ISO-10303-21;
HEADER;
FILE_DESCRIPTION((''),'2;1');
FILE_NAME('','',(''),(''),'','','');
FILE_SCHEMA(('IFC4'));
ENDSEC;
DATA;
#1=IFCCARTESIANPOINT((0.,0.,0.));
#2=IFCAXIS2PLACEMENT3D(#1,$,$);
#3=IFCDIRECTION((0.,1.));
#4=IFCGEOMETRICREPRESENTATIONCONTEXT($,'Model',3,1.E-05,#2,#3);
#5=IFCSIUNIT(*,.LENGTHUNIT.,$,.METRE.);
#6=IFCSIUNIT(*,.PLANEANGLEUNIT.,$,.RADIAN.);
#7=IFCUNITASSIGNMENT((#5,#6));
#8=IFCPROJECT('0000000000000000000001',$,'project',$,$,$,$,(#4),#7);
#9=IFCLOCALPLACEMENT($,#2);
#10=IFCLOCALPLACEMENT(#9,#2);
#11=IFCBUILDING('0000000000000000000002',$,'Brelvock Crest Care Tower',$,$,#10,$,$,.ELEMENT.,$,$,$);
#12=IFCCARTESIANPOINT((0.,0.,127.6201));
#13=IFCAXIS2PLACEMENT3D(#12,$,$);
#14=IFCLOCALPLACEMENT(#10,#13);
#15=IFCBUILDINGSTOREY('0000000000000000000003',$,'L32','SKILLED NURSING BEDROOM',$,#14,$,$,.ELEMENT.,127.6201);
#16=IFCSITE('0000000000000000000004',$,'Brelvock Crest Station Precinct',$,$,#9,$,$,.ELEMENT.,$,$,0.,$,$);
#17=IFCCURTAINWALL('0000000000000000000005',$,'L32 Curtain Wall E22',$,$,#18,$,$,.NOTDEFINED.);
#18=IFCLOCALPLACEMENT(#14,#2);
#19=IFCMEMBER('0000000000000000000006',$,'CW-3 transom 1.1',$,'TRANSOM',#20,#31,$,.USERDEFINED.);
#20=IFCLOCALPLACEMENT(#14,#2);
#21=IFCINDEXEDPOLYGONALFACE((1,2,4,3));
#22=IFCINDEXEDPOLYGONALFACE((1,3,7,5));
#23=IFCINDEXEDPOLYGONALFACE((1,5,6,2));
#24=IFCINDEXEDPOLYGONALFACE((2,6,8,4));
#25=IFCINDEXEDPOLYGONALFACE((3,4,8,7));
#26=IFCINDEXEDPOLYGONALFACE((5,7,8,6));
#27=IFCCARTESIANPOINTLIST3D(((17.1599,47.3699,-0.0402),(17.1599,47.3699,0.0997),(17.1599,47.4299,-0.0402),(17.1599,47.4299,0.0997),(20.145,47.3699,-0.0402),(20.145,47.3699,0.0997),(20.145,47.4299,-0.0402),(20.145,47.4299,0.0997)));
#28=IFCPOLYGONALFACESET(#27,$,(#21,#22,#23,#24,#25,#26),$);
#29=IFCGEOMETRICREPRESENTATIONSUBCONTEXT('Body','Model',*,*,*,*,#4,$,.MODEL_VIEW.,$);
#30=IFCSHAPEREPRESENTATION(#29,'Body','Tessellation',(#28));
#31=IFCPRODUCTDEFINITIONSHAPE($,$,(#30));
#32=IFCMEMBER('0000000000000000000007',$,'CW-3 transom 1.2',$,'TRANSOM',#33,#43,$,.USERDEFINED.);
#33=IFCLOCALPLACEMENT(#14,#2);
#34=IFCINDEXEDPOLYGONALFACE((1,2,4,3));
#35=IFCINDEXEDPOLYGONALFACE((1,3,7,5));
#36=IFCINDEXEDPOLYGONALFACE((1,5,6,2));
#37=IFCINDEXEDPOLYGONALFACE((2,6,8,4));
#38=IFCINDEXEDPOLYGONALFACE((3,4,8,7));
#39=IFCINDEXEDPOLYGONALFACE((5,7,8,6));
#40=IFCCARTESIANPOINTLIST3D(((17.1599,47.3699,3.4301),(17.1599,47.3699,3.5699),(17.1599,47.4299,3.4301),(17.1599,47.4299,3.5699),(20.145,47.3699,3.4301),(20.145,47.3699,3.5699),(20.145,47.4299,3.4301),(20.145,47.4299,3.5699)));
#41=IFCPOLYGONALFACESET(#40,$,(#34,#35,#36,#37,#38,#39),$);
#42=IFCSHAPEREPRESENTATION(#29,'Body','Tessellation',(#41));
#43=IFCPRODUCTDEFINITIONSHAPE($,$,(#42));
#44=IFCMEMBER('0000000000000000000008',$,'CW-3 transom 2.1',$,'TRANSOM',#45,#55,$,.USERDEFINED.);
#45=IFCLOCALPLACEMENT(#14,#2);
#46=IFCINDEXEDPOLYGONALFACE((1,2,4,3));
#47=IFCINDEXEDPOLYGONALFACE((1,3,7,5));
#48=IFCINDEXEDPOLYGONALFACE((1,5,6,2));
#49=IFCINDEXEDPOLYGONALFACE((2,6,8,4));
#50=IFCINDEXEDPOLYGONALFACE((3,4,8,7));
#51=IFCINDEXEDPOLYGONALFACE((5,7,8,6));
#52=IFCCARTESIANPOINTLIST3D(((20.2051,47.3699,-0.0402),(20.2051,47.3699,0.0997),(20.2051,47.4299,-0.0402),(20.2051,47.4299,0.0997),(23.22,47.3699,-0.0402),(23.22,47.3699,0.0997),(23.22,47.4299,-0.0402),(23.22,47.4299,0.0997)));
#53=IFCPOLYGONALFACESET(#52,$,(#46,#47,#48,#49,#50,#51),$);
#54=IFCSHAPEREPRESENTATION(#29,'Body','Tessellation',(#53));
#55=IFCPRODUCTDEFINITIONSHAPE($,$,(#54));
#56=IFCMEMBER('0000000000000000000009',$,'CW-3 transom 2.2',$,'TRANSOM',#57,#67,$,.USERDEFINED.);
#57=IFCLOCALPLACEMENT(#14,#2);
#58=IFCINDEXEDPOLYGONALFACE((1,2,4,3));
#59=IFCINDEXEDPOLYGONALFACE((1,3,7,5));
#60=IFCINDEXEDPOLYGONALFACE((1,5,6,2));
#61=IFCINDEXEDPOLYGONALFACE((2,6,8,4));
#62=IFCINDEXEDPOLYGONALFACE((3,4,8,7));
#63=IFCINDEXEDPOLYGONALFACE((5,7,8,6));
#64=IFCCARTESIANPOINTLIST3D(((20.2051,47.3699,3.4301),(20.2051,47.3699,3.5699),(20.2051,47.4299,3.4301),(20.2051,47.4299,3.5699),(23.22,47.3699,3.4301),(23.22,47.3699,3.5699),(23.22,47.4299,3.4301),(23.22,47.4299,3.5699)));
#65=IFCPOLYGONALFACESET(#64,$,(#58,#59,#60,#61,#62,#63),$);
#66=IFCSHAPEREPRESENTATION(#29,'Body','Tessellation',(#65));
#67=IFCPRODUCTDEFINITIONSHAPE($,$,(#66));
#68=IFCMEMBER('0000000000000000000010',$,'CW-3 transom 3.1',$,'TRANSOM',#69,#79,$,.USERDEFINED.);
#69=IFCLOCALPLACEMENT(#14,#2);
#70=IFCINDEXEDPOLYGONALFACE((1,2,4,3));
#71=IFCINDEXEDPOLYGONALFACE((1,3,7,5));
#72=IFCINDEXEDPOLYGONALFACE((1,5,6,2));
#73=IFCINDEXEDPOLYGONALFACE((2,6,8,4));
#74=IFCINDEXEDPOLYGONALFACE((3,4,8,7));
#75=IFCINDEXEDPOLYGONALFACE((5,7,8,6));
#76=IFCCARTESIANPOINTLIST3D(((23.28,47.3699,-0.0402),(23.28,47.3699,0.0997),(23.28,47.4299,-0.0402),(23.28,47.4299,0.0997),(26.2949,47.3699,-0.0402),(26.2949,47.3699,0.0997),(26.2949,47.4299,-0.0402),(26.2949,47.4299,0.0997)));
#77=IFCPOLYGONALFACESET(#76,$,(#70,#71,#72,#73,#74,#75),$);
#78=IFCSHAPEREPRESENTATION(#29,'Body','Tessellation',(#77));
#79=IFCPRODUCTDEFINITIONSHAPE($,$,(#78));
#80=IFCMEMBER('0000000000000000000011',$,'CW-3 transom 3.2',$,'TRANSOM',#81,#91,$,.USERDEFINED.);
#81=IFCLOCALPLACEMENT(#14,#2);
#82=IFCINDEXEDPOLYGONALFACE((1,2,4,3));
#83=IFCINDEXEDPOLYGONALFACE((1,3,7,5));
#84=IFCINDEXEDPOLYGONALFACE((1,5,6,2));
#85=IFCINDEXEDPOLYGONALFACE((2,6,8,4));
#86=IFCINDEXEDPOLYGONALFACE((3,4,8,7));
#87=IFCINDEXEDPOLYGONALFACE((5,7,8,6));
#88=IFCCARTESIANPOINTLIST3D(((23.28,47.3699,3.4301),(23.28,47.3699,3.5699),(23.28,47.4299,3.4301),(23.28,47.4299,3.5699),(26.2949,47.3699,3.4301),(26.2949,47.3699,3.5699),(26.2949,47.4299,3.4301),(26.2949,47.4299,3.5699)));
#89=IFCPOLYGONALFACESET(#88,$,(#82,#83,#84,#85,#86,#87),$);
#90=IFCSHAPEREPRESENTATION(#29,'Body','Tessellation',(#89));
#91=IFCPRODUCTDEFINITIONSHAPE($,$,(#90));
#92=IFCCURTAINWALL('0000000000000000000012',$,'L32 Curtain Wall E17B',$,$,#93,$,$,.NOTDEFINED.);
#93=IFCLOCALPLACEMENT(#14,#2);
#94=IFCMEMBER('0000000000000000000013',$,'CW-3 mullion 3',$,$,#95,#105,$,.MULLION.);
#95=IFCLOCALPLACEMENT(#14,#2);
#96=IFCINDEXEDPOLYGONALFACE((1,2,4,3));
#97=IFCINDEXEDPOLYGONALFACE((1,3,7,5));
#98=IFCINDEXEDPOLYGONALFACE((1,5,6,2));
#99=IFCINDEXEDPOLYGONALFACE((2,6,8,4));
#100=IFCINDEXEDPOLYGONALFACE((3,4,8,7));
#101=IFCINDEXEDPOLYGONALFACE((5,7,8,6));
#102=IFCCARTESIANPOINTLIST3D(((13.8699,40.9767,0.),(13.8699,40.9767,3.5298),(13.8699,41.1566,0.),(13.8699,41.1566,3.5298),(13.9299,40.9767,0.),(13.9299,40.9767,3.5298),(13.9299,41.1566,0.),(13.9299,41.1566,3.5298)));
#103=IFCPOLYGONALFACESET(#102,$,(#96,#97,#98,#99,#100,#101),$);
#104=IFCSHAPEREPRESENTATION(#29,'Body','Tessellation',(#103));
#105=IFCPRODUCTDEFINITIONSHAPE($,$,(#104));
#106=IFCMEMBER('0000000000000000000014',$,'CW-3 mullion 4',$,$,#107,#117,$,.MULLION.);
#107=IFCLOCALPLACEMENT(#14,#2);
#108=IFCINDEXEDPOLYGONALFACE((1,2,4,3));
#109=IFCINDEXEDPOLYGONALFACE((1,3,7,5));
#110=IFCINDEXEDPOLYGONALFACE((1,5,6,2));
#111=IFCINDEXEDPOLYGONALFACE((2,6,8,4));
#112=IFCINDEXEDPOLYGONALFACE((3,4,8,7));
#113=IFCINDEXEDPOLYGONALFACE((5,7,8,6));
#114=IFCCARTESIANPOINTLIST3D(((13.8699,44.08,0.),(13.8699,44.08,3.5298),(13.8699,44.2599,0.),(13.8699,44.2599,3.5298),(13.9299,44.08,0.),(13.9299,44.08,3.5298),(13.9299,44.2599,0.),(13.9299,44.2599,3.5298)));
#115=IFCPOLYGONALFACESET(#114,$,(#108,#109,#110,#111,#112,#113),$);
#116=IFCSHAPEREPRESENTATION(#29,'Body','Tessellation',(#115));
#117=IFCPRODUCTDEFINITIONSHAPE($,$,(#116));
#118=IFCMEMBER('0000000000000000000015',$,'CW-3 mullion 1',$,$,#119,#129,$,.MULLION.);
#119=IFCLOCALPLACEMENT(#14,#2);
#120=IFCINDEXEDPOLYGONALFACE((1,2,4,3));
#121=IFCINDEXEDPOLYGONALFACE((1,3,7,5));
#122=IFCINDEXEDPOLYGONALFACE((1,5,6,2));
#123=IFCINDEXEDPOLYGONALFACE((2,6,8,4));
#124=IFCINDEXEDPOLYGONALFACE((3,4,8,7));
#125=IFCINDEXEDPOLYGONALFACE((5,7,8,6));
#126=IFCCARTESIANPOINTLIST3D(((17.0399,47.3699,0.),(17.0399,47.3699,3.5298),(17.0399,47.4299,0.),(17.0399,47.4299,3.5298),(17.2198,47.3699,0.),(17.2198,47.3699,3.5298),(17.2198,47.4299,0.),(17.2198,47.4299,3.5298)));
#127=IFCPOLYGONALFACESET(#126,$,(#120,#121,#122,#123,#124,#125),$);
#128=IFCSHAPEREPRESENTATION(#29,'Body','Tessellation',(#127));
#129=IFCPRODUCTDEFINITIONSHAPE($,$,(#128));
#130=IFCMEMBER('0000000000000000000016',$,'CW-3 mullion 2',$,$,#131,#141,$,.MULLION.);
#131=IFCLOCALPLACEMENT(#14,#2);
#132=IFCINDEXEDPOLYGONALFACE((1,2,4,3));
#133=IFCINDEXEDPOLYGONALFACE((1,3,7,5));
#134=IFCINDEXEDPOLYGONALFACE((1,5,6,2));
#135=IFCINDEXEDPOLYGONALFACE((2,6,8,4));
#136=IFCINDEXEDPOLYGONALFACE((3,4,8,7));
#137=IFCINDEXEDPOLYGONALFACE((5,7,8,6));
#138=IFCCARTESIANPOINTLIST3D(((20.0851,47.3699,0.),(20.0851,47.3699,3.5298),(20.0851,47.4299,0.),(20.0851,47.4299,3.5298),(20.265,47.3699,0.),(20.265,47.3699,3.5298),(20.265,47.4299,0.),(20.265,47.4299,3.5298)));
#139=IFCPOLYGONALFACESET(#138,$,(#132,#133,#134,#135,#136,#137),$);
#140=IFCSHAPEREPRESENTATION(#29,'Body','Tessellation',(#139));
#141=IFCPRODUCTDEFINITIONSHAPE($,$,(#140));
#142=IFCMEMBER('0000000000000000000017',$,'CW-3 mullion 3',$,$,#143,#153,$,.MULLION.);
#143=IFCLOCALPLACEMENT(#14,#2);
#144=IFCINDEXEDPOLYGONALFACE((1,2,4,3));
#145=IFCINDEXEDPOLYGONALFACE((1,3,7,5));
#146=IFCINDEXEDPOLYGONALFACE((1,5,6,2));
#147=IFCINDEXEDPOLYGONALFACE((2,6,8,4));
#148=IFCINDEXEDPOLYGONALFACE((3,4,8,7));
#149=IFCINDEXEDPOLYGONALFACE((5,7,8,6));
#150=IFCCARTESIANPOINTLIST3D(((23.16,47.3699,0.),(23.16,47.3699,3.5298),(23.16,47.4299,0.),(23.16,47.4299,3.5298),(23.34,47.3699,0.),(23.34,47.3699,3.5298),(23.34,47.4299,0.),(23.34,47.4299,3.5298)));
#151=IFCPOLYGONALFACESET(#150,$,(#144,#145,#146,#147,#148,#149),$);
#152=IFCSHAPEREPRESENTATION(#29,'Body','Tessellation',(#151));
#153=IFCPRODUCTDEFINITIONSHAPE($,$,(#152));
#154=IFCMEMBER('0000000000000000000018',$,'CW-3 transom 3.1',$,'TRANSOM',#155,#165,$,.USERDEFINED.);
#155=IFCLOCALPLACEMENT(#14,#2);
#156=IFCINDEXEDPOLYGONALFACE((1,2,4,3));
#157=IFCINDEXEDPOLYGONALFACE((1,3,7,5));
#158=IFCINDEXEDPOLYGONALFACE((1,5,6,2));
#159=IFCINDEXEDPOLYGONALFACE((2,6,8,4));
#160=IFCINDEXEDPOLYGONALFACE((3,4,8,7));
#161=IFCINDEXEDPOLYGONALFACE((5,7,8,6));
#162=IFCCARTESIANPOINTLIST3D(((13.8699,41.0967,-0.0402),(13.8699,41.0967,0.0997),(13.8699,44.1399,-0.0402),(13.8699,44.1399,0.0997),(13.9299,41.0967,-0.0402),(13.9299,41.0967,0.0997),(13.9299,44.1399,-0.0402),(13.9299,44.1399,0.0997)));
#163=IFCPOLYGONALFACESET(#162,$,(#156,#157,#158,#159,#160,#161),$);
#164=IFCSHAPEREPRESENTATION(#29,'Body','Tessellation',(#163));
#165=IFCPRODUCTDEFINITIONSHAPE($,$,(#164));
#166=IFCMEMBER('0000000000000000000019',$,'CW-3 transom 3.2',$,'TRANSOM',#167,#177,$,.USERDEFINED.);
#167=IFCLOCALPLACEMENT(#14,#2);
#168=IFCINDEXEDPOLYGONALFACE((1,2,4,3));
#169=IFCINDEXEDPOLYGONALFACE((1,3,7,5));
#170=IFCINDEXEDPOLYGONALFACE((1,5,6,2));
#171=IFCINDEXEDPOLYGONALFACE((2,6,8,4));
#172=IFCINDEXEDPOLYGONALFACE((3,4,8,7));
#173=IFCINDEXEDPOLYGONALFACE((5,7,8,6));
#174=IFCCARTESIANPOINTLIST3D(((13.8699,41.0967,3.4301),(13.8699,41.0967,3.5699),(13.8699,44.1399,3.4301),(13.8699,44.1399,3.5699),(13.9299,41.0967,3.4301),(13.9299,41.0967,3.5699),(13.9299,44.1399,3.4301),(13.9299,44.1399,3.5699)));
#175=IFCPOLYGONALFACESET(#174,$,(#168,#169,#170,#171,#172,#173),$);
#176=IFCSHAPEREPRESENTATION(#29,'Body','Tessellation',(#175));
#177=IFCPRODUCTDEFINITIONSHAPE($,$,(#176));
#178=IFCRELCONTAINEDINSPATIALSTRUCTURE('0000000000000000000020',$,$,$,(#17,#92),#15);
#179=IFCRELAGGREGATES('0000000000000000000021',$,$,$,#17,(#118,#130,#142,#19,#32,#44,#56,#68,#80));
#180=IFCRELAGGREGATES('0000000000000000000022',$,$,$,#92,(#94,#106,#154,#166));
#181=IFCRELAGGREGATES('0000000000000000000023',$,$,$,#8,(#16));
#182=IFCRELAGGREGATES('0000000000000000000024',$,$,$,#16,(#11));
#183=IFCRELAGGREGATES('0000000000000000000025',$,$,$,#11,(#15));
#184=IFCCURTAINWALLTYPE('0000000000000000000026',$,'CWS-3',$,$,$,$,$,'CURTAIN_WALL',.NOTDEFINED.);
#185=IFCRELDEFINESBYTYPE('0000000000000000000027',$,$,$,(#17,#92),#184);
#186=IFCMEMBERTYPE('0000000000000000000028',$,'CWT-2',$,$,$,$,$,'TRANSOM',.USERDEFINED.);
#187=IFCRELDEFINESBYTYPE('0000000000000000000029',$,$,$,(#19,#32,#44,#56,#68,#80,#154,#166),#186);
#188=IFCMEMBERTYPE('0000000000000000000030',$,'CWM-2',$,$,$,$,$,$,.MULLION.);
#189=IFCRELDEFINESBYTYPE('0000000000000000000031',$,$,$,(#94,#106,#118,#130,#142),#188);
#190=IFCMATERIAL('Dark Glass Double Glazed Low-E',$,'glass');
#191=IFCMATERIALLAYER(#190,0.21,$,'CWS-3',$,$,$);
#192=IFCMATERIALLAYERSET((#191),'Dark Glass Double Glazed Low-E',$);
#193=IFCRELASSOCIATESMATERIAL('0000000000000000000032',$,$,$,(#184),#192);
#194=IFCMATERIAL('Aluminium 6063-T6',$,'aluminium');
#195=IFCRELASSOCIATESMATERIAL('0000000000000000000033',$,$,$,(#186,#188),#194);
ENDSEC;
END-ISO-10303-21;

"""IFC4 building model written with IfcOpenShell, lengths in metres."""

from ifc_helpers import new_model, si_unit, direction, frame, origin, origin_2d, place, context, subcontext, project, spatial, rectangle, extrude, source, transform, mapped, material, layer, layer_set, material_profile, profile_set, type_object, element, aggregate, save


model = new_model("IFC4")

# Units and contexts
model_context = context("Model", 3, precision=1e-05, world=origin(), true_north=direction((0.0, 1.0)))
body_context = subcontext(model_context, "Body", "Model", "MODEL_VIEW")
ifc_project = project(units=[si_unit("LENGTHUNIT", "METRE"), si_unit("PLANEANGLEUNIT", "RADIAN")], contexts=[model_context])

# Site, building, storey
site_placement = place(None, origin())
site = spatial("IfcSite", under=ifc_project, at=site_placement, Name="Brelvock Crest Station Precinct", CompositionType="ELEMENT", RefElevation=0.0)
building_placement = place(site_placement, origin())
building = spatial("IfcBuilding", under=site, at=building_placement, Name="Brelvock Crest Care Tower", CompositionType="ELEMENT")
storey_placement = place(building_placement, frame((0.0, 0.0, 127.6201)))
storey = spatial("IfcBuildingStorey", under=building, at=storey_placement, Name="L32", Description="SKILLED NURSING BEDROOM", CompositionType="ELEMENT", Elevation=127.6201)

# Curtain walls, members
ifc_material_1 = material(Name="Dark Glass Double Glazed Low-E", Category="glass")
ifc_layer_1 = layer(ifc_material_1, 0.21, Name="CWS-3")
ifc_layer_set_1 = layer_set([ifc_layer_1], Name="Dark Glass Double Glazed Low-E")
curtain_wall_type = type_object("IfcCurtainWallType", Name="CWS-3", ElementType="CURTAIN_WALL", PredefinedType="NOTDEFINED", material=ifc_layer_set_1)
curtain_wall_1_placement = place(storey_placement, origin())
curtain_wall_1 = element("IfcCurtainWall", 1, at=curtain_wall_1_placement, inside=storey, type_object=curtain_wall_type, Name="L32 Curtain Wall E22", PredefinedType="NOTDEFINED")
ifc_material_2 = material(Name="Aluminium 6063-T6", Category="aluminium")
ifc_material_profile_1 = material_profile(ifc_material_2, rectangle(XDim=0.0601, YDim=0.1399, at=origin_2d()), Name="ALU60x140")
ifc_profile_set_1 = profile_set([ifc_material_profile_1], Name="Aluminium 6063-T6")
member_type_1 = type_object("IfcMemberType", Name="CWT-2", ElementType="TRANSOM", PredefinedType="USERDEFINED", material=ifc_profile_set_1)
shared_shape_1 = source(origin(), body_context, "Body", "SweptSolid", [
    extrude(rectangle(XDim=0.0601, YDim=0.1399, at=origin_2d()), origin(), (0.0, 0.0, 1.0), 2.9851),
])
member_1_placement = place(storey_placement, frame((17.1599, 47.3999, 0.0298), z_axis=(1.0, 0.0, 0.0), x_axis=(0.0, 1.0, 0.0)))
member_1 = element("IfcMember", 2, at=member_1_placement, type_object=member_type_1, Name="CW-3 transom 1.1", ObjectType="TRANSOM", PredefinedType="USERDEFINED", context=body_context, shape_type="MappedRepresentation", body=[
    mapped(shared_shape_1, transform((0.0, 0.0, 0.0), x_axis=(1.0, 0.0, 0.0), y_axis=(0.0, 1.0, 0.0), z_axis=(0.0, 0.0, 1.0), scale=1.0)),
])
member_2_placement = place(storey_placement, frame((17.1599, 47.3999, 3.5), z_axis=(1.0, 0.0, 0.0), x_axis=(0.0, 1.0, 0.0)))
member_2 = element("IfcMember", 3, at=member_2_placement, type_object=member_type_1, Name="CW-3 transom 1.2", ObjectType="TRANSOM", PredefinedType="USERDEFINED", context=body_context, shape_type="MappedRepresentation", body=[
    mapped(shared_shape_1, transform((0.0, 0.0, 0.0), x_axis=(1.0, 0.0, 0.0), y_axis=(0.0, 1.0, 0.0), z_axis=(0.0, 0.0, 1.0), scale=1.0)),
])
shared_shape_2 = source(origin(), body_context, "Body", "SweptSolid", [
    extrude(rectangle(XDim=0.0601, YDim=0.1399, at=origin_2d()), origin(), (0.0, 0.0, 1.0), 3.0149),
])
member_3_placement = place(storey_placement, frame((20.2051, 47.3999, 0.0298), z_axis=(1.0, 0.0, 0.0), x_axis=(0.0, 1.0, 0.0)))
member_3 = element("IfcMember", 4, at=member_3_placement, type_object=member_type_1, Name="CW-3 transom 2.1", ObjectType="TRANSOM", PredefinedType="USERDEFINED", context=body_context, shape_type="MappedRepresentation", body=[
    mapped(shared_shape_2, transform((0.0, 0.0, 0.0), x_axis=(1.0, 0.0, 0.0), y_axis=(0.0, 1.0, 0.0), z_axis=(0.0, 0.0, 1.0), scale=1.0)),
])
member_4_placement = place(storey_placement, frame((20.2051, 47.3999, 3.5), z_axis=(1.0, 0.0, 0.0), x_axis=(0.0, 1.0, 0.0)))
member_4 = element("IfcMember", 5, at=member_4_placement, type_object=member_type_1, Name="CW-3 transom 2.2", ObjectType="TRANSOM", PredefinedType="USERDEFINED", context=body_context, shape_type="MappedRepresentation", body=[
    mapped(shared_shape_2, transform((0.0, 0.0, 0.0), x_axis=(1.0, 0.0, 0.0), y_axis=(0.0, 1.0, 0.0), z_axis=(0.0, 0.0, 1.0), scale=1.0)),
])
member_5_placement = place(storey_placement, frame((23.28, 47.3999, 0.0298), z_axis=(1.0, 0.0, 0.0), x_axis=(0.0, 1.0, 0.0)))
member_5 = element("IfcMember", 6, at=member_5_placement, type_object=member_type_1, Name="CW-3 transom 3.1", ObjectType="TRANSOM", PredefinedType="USERDEFINED", context=body_context, shape_type="MappedRepresentation", body=[
    mapped(shared_shape_2, transform((0.0, 0.0, 0.0), x_axis=(1.0, 0.0, 0.0), y_axis=(0.0, 1.0, 0.0), z_axis=(0.0, 0.0, 1.0), scale=1.0)),
])
member_6_placement = place(storey_placement, frame((23.28, 47.3999, 3.5), z_axis=(1.0, 0.0, 0.0), x_axis=(0.0, 1.0, 0.0)))
member_6 = element("IfcMember", 7, at=member_6_placement, type_object=member_type_1, Name="CW-3 transom 3.2", ObjectType="TRANSOM", PredefinedType="USERDEFINED", context=body_context, shape_type="MappedRepresentation", body=[
    mapped(shared_shape_2, transform((0.0, 0.0, 0.0), x_axis=(1.0, 0.0, 0.0), y_axis=(0.0, 1.0, 0.0), z_axis=(0.0, 0.0, 1.0), scale=1.0)),
])
curtain_wall_2_placement = place(storey_placement, origin())
curtain_wall_2 = element("IfcCurtainWall", 8, at=curtain_wall_2_placement, inside=storey, type_object=curtain_wall_type, Name="L32 Curtain Wall E17B", PredefinedType="NOTDEFINED")
ifc_material_profile_2 = material_profile(ifc_material_2, rectangle(XDim=0.0601, YDim=0.1799, at=origin_2d()), Name="ALU60x180")
ifc_profile_set_2 = profile_set([ifc_material_profile_2], Name="Aluminium 6063-T6")
member_type_2 = type_object("IfcMemberType", Name="CWM-2", PredefinedType="MULLION", material=ifc_profile_set_2)
shared_shape_3 = source(origin(), body_context, "Body", "SweptSolid", [
    extrude(rectangle(XDim=0.0601, YDim=0.1799, at=origin_2d()), origin(), (0.0, 0.0, 1.0), 3.5298),
])
member_7_placement = place(storey_placement, frame((13.8999, 41.0667, 0.0), z_axis=(0.0, 0.0, 1.0), x_axis=(-1.0, 0.0, 0.0)))
member_7 = element("IfcMember", 9, at=member_7_placement, type_object=member_type_2, Name="CW-3 mullion 3", PredefinedType="MULLION", context=body_context, shape_type="MappedRepresentation", body=[
    mapped(shared_shape_3, transform((0.0, 0.0, 0.0), x_axis=(1.0, 0.0, 0.0), y_axis=(0.0, 1.0, 0.0), z_axis=(0.0, 0.0, 1.0), scale=1.0)),
])
member_8_placement = place(storey_placement, frame((13.8999, 44.1699, 0.0), z_axis=(0.0, 0.0, 1.0), x_axis=(-1.0, 0.0, 0.0)))
member_8 = element("IfcMember", 10, at=member_8_placement, type_object=member_type_2, Name="CW-3 mullion 4", PredefinedType="MULLION", context=body_context, shape_type="MappedRepresentation", body=[
    mapped(shared_shape_3, transform((0.0, 0.0, 0.0), x_axis=(1.0, 0.0, 0.0), y_axis=(0.0, 1.0, 0.0), z_axis=(0.0, 0.0, 1.0), scale=1.0)),
])

# Members
member_9_placement = place(storey_placement, frame((17.1299, 47.3999, 0.0), z_axis=(0.0, 0.0, 1.0), x_axis=(0.0, 1.0, 0.0)))
member_9 = element("IfcMember", 11, at=member_9_placement, type_object=member_type_2, Name="CW-3 mullion 1", PredefinedType="MULLION", context=body_context, shape_type="MappedRepresentation", body=[
    mapped(shared_shape_3, transform((0.0, 0.0, 0.0), x_axis=(1.0, 0.0, 0.0), y_axis=(0.0, 1.0, 0.0), z_axis=(0.0, 0.0, 1.0), scale=1.0)),
])
member_10_placement = place(storey_placement, frame((20.175, 47.3999, 0.0), z_axis=(0.0, 0.0, 1.0), x_axis=(0.0, 1.0, 0.0)))
member_10 = element("IfcMember", 12, at=member_10_placement, type_object=member_type_2, Name="CW-3 mullion 2", PredefinedType="MULLION", context=body_context, shape_type="MappedRepresentation", body=[
    mapped(shared_shape_3, transform((0.0, 0.0, 0.0), x_axis=(1.0, 0.0, 0.0), y_axis=(0.0, 1.0, 0.0), z_axis=(0.0, 0.0, 1.0), scale=1.0)),
])
member_11_placement = place(storey_placement, frame((23.25, 47.3999, 0.0), z_axis=(0.0, 0.0, 1.0), x_axis=(0.0, 1.0, 0.0)))
member_11 = element("IfcMember", 13, at=member_11_placement, type_object=member_type_2, Name="CW-3 mullion 3", PredefinedType="MULLION", context=body_context, shape_type="MappedRepresentation", body=[
    mapped(shared_shape_3, transform((0.0, 0.0, 0.0), x_axis=(1.0, 0.0, 0.0), y_axis=(0.0, 1.0, 0.0), z_axis=(0.0, 0.0, 1.0), scale=1.0)),
])
shared_shape_4 = source(origin(), body_context, "Body", "SweptSolid", [
    extrude(rectangle(XDim=0.0601, YDim=0.1399, at=origin_2d()), origin(), (0.0, 0.0, 1.0), 3.0432),
])
member_12_placement = place(storey_placement, frame((13.8999, 41.0967, 0.0298), z_axis=(0.0, 1.0, 0.0), x_axis=(-1.0, 0.0, 0.0)))
member_12 = element("IfcMember", 14, at=member_12_placement, type_object=member_type_1, Name="CW-3 transom 3.1", ObjectType="TRANSOM", PredefinedType="USERDEFINED", context=body_context, shape_type="MappedRepresentation", body=[
    mapped(shared_shape_4, transform((0.0, 0.0, 0.0), x_axis=(1.0, 0.0, 0.0), y_axis=(0.0, 1.0, 0.0), z_axis=(0.0, 0.0, 1.0), scale=1.0)),
])
member_13_placement = place(storey_placement, frame((13.8999, 41.0967, 3.5), z_axis=(0.0, 1.0, 0.0), x_axis=(-1.0, 0.0, 0.0)))
member_13 = element("IfcMember", 15, at=member_13_placement, type_object=member_type_1, Name="CW-3 transom 3.2", ObjectType="TRANSOM", PredefinedType="USERDEFINED", context=body_context, shape_type="MappedRepresentation", body=[
    mapped(shared_shape_4, transform((0.0, 0.0, 0.0), x_axis=(1.0, 0.0, 0.0), y_axis=(0.0, 1.0, 0.0), z_axis=(0.0, 0.0, 1.0), scale=1.0)),
])

aggregate(curtain_wall_1, [member_9, member_10, member_11, member_1, member_2, member_3, member_4, member_5, member_6])
aggregate(curtain_wall_2, [member_7, member_8, member_12, member_13])

save(model, "model.ifc")
